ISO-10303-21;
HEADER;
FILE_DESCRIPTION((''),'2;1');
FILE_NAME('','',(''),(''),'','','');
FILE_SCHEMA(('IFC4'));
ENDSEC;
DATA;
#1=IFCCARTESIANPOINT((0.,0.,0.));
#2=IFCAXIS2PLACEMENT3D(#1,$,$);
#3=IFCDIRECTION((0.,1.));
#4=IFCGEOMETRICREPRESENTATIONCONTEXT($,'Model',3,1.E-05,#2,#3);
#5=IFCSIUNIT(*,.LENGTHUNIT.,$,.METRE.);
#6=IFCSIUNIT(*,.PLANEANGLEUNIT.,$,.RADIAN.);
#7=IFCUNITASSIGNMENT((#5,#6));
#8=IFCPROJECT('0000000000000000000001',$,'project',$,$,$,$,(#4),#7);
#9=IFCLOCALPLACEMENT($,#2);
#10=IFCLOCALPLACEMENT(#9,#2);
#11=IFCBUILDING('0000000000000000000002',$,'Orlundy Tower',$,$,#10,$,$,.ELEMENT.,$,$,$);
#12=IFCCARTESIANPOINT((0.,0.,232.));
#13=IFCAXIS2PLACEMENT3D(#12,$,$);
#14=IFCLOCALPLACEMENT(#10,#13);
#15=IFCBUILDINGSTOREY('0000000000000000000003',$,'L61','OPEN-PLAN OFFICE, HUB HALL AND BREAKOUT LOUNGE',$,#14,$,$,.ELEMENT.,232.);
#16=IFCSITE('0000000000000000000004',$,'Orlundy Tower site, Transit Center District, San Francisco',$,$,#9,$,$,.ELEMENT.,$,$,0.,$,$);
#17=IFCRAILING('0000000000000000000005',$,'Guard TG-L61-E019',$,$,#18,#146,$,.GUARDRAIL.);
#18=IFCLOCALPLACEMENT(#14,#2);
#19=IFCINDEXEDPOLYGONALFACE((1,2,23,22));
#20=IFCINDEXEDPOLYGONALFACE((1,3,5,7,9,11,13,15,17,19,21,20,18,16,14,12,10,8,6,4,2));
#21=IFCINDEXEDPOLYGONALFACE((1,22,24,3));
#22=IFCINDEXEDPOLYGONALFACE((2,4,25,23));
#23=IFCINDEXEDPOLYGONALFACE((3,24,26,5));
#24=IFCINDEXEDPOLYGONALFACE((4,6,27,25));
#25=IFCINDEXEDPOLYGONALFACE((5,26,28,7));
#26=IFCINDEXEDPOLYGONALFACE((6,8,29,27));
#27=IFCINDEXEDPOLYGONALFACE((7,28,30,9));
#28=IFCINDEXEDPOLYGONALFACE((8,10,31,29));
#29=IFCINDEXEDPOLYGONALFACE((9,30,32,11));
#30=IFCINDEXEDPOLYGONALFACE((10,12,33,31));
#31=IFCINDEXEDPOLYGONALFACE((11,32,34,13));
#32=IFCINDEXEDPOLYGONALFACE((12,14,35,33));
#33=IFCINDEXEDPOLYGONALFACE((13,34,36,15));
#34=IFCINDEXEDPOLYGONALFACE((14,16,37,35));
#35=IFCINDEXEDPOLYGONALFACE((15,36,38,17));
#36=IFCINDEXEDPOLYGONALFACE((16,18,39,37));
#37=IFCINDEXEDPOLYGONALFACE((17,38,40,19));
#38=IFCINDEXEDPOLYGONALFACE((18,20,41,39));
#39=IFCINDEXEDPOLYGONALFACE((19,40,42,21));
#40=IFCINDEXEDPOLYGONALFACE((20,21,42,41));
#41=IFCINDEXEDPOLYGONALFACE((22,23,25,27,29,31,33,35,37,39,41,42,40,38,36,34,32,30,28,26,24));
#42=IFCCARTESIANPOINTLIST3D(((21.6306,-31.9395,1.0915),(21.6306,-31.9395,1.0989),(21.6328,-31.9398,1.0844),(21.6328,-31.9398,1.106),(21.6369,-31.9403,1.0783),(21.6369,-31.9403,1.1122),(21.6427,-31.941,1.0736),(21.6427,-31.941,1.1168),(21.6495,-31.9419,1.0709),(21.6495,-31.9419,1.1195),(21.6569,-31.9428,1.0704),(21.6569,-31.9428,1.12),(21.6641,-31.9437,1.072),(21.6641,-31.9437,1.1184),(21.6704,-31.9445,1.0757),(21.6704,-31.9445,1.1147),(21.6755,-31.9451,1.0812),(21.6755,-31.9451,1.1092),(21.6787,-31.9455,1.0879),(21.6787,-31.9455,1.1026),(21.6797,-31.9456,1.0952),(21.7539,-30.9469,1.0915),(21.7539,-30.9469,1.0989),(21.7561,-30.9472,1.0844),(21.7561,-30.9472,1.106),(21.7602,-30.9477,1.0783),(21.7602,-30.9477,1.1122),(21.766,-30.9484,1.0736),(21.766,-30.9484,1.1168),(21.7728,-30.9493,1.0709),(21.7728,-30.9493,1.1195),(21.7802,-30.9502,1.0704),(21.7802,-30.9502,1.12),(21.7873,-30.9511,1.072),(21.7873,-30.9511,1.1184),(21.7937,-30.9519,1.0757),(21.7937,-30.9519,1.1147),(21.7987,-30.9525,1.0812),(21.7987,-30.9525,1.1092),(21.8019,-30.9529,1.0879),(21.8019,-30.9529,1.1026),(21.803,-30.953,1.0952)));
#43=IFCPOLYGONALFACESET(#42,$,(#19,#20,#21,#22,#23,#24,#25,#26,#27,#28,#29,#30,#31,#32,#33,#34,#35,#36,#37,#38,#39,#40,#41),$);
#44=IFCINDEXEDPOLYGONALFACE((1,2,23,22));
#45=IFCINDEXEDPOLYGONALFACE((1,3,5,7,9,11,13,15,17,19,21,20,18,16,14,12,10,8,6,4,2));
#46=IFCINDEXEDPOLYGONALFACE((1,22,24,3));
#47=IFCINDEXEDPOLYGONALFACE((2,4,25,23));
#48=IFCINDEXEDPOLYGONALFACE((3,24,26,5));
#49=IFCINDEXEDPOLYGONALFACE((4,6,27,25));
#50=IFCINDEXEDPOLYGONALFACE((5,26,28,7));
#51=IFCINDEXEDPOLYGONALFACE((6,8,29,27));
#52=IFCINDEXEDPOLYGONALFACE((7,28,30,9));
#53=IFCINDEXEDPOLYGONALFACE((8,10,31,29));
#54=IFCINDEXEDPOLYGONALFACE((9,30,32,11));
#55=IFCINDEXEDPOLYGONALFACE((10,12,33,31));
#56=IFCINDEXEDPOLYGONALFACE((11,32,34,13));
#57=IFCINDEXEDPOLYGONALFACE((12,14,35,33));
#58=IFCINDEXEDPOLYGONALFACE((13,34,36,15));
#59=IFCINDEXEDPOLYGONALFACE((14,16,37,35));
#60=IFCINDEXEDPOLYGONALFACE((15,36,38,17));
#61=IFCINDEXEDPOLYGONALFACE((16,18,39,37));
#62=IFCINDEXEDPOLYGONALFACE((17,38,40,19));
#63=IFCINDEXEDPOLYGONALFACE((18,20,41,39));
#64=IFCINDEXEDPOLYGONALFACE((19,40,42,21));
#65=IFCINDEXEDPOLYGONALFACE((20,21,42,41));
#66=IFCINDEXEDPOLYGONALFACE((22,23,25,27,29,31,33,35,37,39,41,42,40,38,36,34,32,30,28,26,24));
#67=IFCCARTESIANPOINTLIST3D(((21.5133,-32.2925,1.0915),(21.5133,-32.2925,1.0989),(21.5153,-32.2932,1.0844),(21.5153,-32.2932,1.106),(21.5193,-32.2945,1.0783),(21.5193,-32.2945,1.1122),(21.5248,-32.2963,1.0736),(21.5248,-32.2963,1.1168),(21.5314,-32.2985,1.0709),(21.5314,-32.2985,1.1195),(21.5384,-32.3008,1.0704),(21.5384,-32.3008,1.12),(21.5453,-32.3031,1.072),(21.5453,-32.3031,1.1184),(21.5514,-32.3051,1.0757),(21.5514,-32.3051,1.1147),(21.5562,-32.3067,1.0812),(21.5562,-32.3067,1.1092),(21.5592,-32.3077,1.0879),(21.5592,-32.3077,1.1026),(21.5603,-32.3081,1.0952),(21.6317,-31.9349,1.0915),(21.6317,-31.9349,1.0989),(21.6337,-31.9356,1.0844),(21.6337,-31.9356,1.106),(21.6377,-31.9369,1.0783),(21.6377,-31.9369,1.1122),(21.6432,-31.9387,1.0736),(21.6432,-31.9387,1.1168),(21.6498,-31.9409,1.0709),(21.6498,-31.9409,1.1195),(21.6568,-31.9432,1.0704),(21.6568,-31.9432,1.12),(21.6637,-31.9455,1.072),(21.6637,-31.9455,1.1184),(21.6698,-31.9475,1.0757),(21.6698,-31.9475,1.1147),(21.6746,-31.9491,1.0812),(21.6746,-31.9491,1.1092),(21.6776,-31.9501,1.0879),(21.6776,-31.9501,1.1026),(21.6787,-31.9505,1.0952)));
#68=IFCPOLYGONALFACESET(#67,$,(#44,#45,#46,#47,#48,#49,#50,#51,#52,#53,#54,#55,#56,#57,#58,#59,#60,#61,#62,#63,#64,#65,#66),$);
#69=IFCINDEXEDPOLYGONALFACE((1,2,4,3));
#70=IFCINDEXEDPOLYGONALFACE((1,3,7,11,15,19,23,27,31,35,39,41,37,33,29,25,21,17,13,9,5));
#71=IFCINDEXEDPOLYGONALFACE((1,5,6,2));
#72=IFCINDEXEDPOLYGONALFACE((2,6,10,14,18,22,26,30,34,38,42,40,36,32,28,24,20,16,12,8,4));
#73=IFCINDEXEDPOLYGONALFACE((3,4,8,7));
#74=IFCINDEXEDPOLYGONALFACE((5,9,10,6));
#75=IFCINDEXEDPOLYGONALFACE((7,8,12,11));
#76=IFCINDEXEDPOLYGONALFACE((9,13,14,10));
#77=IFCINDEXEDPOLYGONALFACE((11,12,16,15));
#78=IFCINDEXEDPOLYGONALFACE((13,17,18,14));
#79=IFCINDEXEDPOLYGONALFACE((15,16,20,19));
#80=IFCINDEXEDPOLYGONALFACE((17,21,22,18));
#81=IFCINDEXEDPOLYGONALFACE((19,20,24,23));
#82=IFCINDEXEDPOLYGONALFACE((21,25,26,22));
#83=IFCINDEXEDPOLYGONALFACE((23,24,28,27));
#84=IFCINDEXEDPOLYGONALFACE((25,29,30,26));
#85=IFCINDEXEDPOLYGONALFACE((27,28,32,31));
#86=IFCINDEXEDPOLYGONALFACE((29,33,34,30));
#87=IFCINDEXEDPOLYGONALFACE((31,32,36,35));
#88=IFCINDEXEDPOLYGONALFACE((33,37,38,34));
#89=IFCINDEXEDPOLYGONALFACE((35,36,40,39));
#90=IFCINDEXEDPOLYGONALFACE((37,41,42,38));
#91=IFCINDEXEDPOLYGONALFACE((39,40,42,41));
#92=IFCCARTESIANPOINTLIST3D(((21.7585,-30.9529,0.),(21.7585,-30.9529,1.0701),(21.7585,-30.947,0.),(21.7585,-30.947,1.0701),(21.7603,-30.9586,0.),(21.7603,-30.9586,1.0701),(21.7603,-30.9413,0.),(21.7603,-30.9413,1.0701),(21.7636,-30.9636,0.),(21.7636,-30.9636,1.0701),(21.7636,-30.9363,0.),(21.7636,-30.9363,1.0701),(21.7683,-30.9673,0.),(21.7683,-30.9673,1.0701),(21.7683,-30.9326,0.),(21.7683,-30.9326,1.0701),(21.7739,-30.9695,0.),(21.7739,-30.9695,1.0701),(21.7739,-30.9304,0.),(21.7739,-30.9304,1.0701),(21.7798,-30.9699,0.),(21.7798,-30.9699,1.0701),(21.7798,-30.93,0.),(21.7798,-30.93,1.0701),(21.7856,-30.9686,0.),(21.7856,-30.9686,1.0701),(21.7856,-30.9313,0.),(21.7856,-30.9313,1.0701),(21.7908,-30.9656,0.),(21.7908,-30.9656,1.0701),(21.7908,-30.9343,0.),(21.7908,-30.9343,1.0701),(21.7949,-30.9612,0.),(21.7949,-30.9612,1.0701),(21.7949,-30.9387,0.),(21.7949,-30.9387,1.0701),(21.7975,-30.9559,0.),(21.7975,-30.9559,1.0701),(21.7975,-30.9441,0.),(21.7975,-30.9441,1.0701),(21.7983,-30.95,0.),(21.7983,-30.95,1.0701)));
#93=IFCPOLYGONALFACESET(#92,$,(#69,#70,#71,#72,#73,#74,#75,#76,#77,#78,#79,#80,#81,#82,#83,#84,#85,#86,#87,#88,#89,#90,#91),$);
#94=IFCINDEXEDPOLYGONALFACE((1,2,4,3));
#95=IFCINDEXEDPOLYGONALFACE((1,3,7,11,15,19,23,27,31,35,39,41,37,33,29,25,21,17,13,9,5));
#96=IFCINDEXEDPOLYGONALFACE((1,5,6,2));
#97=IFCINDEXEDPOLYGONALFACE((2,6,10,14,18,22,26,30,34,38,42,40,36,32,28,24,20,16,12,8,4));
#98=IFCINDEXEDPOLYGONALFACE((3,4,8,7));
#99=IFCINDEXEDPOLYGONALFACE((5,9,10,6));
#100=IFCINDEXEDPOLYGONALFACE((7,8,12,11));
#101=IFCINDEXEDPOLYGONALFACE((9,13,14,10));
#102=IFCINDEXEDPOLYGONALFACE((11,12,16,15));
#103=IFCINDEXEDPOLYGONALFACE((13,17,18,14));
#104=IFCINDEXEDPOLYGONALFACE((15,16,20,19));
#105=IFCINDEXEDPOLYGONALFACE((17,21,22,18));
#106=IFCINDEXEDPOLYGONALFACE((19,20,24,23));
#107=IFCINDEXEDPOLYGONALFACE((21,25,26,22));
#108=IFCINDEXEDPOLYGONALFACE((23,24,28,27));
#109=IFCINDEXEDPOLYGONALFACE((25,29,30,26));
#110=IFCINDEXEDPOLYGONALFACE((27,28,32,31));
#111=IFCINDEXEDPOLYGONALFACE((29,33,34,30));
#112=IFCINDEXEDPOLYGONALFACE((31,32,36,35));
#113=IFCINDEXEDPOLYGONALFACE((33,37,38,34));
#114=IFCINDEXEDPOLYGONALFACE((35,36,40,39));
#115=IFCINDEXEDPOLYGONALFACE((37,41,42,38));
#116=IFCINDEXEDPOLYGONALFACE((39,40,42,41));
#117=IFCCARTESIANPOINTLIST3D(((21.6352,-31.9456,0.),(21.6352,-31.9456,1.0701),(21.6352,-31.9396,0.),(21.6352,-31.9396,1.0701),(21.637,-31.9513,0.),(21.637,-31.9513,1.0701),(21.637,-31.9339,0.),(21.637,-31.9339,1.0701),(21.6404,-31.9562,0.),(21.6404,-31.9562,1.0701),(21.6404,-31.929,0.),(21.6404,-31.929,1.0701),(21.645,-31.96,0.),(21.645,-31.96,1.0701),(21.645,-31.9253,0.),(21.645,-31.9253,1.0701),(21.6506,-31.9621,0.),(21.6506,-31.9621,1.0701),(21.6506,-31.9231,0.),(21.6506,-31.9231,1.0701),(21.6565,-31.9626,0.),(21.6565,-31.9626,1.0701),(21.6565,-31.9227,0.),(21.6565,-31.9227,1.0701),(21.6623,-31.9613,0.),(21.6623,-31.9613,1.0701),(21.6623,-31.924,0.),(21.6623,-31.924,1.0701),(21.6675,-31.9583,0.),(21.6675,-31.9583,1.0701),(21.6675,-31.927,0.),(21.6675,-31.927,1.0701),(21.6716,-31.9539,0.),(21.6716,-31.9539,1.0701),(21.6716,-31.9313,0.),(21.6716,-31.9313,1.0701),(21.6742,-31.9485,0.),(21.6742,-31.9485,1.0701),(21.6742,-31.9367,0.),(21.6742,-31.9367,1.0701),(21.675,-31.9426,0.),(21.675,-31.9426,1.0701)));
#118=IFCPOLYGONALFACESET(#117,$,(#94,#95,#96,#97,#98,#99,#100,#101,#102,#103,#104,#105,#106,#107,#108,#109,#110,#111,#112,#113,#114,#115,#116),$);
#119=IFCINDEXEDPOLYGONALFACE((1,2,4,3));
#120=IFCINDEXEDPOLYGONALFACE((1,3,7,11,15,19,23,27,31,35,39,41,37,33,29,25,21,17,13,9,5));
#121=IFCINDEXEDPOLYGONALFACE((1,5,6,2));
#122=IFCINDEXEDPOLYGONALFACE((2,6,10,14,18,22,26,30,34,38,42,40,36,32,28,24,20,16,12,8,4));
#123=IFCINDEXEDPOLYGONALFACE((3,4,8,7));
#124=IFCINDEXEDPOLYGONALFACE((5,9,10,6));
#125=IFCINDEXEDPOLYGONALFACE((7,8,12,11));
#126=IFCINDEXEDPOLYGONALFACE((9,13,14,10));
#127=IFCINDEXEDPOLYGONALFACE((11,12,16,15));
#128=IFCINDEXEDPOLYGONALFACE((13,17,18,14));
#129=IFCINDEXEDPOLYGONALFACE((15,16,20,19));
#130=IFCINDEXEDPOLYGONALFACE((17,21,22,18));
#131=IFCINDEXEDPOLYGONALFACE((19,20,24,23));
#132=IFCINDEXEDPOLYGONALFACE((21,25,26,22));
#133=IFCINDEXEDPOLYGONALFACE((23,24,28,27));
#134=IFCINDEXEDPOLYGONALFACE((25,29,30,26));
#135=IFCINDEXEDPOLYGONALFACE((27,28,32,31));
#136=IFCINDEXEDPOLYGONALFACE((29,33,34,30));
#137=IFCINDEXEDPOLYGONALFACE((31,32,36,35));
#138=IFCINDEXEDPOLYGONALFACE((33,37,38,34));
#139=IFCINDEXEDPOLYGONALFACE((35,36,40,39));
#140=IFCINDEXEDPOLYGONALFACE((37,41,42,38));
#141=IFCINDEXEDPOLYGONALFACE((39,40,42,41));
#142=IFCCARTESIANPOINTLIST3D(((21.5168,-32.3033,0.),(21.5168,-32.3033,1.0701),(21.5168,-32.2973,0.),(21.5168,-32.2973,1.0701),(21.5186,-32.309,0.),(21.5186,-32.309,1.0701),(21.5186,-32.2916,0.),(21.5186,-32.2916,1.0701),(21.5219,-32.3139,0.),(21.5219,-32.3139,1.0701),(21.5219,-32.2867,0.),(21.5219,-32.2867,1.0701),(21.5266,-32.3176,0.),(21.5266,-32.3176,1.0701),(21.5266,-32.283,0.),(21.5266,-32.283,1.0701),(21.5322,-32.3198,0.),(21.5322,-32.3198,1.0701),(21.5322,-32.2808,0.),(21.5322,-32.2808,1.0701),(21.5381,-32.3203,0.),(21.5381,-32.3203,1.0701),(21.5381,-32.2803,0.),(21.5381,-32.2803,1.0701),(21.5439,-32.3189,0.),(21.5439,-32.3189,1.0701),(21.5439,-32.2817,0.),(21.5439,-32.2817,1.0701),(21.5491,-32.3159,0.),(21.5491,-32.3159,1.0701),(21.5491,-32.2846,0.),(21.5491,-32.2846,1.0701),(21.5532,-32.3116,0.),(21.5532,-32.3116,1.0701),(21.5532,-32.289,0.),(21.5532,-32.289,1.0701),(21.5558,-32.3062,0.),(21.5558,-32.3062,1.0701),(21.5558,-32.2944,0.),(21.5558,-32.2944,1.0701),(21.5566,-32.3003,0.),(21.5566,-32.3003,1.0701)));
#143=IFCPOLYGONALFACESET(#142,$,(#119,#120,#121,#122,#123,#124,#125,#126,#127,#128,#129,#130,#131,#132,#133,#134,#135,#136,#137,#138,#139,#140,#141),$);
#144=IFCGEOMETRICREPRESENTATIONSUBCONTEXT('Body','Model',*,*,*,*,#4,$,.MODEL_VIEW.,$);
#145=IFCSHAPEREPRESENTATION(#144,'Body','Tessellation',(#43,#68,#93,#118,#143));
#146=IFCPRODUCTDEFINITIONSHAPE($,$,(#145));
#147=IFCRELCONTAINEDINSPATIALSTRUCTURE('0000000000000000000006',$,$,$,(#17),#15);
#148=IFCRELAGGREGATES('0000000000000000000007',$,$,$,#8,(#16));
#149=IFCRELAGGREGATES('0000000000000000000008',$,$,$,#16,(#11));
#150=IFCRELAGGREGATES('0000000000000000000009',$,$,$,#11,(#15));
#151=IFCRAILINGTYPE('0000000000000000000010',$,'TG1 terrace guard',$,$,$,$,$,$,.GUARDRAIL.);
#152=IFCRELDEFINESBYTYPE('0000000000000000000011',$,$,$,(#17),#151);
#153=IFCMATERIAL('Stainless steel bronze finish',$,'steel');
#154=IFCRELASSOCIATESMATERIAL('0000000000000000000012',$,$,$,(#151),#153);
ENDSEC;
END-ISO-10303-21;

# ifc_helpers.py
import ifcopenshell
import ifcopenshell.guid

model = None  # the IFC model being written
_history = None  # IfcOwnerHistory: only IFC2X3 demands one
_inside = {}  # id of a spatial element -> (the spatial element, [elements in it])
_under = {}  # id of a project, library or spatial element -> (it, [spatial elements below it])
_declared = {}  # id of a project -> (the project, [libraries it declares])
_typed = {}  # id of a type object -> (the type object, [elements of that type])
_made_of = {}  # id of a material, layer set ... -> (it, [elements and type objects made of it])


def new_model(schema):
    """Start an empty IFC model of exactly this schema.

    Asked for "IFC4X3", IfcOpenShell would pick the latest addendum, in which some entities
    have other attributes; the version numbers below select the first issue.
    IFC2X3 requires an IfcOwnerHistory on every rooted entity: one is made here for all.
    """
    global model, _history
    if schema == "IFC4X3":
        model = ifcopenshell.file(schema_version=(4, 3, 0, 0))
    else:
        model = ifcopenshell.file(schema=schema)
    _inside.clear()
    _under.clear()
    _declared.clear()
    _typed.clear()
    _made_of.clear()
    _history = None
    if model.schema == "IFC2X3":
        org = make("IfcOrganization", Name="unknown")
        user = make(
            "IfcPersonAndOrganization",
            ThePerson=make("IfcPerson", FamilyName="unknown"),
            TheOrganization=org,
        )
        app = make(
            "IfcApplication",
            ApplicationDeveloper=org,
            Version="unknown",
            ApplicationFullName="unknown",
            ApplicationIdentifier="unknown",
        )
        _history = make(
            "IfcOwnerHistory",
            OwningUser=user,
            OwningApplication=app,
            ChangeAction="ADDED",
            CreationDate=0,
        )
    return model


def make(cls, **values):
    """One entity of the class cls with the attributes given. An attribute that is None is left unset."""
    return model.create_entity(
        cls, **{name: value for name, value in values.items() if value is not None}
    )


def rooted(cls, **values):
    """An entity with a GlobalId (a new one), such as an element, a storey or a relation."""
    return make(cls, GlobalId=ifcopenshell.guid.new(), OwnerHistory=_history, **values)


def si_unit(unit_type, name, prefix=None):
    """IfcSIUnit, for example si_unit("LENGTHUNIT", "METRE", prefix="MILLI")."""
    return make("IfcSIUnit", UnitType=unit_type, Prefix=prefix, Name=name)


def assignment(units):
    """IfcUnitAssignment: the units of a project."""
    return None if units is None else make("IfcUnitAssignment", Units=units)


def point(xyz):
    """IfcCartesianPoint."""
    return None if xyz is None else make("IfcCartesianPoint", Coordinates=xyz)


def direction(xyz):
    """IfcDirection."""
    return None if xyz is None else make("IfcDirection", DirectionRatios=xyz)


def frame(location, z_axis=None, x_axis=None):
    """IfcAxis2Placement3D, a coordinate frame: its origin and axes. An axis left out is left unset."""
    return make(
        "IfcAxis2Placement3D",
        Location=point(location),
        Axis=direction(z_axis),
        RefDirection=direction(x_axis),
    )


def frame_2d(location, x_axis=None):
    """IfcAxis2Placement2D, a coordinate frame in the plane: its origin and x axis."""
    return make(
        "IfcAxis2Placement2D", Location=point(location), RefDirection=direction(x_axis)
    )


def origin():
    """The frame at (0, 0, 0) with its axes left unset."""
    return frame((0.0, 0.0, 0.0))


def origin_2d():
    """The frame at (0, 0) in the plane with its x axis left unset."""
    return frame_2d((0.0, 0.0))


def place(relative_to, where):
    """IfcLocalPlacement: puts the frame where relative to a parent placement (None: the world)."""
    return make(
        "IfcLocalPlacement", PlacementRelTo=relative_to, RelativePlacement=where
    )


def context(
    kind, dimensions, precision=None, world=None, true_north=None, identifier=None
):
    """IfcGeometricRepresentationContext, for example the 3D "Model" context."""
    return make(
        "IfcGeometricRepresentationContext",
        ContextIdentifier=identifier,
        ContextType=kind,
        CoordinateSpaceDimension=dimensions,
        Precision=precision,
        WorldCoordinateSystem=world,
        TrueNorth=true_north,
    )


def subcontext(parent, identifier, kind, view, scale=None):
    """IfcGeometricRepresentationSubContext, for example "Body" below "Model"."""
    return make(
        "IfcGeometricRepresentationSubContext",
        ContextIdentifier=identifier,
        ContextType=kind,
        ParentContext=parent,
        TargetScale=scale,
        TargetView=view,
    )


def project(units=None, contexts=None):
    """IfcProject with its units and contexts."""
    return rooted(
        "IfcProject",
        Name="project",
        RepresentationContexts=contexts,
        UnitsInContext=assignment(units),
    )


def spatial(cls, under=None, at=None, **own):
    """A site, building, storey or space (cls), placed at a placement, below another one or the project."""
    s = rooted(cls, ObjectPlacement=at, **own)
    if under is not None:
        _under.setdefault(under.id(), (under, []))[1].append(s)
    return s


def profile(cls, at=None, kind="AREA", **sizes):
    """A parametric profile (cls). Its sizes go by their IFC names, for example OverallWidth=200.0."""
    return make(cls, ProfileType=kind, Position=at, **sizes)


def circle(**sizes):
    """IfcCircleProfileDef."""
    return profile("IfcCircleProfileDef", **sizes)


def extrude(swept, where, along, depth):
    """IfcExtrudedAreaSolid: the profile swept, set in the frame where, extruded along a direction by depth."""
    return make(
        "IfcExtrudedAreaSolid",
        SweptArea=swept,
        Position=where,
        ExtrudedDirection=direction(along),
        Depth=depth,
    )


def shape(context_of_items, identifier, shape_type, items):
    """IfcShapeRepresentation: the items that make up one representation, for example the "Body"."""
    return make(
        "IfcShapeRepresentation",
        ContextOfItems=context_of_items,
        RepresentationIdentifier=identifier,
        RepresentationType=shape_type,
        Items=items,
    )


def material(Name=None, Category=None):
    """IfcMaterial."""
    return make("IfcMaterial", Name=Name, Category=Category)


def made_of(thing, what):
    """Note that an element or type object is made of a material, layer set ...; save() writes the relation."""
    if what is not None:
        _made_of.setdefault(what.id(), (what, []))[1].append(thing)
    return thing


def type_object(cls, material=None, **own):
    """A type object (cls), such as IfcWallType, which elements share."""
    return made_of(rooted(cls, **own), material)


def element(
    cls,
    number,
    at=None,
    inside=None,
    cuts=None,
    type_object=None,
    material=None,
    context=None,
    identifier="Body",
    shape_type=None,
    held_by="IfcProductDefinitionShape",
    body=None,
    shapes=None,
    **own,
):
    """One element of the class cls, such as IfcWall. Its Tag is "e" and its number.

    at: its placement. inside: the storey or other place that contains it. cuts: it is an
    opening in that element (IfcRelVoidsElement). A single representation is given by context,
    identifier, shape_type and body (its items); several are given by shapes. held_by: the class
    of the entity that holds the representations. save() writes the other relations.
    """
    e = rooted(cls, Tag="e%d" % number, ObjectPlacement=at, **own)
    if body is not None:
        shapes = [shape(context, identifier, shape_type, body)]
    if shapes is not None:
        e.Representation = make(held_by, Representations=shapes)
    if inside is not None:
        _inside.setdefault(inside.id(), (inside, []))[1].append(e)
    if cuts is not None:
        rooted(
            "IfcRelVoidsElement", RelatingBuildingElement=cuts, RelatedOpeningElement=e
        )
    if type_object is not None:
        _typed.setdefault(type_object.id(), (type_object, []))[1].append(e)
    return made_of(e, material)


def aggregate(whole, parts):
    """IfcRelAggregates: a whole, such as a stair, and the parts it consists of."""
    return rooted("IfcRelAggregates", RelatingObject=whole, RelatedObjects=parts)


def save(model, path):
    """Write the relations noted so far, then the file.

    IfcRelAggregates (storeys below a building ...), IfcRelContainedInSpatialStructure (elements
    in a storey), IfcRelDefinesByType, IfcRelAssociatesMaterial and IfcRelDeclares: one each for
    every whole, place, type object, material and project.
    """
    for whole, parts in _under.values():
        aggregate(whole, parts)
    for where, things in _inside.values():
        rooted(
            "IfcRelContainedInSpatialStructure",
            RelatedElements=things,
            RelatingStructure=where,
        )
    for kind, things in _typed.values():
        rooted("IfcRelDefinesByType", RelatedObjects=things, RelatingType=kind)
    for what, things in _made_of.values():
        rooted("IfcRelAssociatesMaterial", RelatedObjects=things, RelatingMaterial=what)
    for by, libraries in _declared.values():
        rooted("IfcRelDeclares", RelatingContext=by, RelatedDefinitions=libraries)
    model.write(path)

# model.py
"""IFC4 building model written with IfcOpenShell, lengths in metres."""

from ifc_helpers import new_model, si_unit, direction, frame, origin, origin_2d, place, context, subcontext, project, spatial, circle, extrude, material, type_object, element, save


model = new_model("IFC4")

# Units and contexts
model_context = context("Model", 3, precision=1e-05, world=origin(), true_north=direction((0.0, 1.0)))
body_context = subcontext(model_context, "Body", "Model", "MODEL_VIEW")
ifc_project = project(units=[si_unit("LENGTHUNIT", "METRE"), si_unit("PLANEANGLEUNIT", "RADIAN")], contexts=[model_context])

# Site, building, storey
site_placement = place(None, origin())
site = spatial("IfcSite", under=ifc_project, at=site_placement, Name="Orlundy Tower site, Transit Center District, San Francisco", CompositionType="ELEMENT", RefElevation=0.0)
building_placement = place(site_placement, origin())
building = spatial("IfcBuilding", under=site, at=building_placement, Name="Orlundy Tower", CompositionType="ELEMENT")
storey_placement = place(building_placement, frame((0.0, 0.0, 232.0)))
storey = spatial("IfcBuildingStorey", under=building, at=storey_placement, Name="L61", Description="OPEN-PLAN OFFICE, HUB HALL AND BREAKOUT LOUNGE", CompositionType="ELEMENT", Elevation=232.0)

# Railing
ifc_material_1 = material(Name="Stainless steel bronze finish", Category="steel")
railing_type = type_object("IfcRailingType", Name="TG1 terrace guard", PredefinedType="GUARDRAIL", material=ifc_material_1)
railing_1_placement = place(storey_placement, frame((21.7783, -30.95, 0.0)))
element("IfcRailing", 1, at=railing_1_placement, inside=storey, type_object=railing_type, Name="Guard TG-L61-E019", PredefinedType="GUARDRAIL", context=body_context, shape_type="SweptSolid", body=[
    extrude(circle(Radius=0.0249, at=origin_2d()), frame((0.0, 0.0, 1.0952), z_axis=(-0.123254, -0.992375, 0.0), x_axis=(0.992375, -0.123254, 0.0)), (0.0, 0.0, 1.0), 1.0002),
    extrude(circle(Radius=0.0249, at=origin_2d()), frame((-0.1233, -0.9927, 1.0952), z_axis=(-0.314283, -0.949329, 0.0), x_axis=(0.949329, -0.314283, 0.0)), (0.0, 0.0, 1.0), 0.3767),
    extrude(circle(Radius=0.02, at=origin_2d()), origin(), (0.0, 0.0, 1.0), 1.0701),
    extrude(circle(Radius=0.02, at=origin_2d()), frame((-0.1233, -0.9927, 0.0)), (0.0, 0.0, 1.0), 1.0701),
    extrude(circle(Radius=0.02, at=origin_2d()), frame((-0.2417, -1.3503, 0.0)), (0.0, 0.0, 1.0), 1.0701),
])

save(model, "model.ifc")
